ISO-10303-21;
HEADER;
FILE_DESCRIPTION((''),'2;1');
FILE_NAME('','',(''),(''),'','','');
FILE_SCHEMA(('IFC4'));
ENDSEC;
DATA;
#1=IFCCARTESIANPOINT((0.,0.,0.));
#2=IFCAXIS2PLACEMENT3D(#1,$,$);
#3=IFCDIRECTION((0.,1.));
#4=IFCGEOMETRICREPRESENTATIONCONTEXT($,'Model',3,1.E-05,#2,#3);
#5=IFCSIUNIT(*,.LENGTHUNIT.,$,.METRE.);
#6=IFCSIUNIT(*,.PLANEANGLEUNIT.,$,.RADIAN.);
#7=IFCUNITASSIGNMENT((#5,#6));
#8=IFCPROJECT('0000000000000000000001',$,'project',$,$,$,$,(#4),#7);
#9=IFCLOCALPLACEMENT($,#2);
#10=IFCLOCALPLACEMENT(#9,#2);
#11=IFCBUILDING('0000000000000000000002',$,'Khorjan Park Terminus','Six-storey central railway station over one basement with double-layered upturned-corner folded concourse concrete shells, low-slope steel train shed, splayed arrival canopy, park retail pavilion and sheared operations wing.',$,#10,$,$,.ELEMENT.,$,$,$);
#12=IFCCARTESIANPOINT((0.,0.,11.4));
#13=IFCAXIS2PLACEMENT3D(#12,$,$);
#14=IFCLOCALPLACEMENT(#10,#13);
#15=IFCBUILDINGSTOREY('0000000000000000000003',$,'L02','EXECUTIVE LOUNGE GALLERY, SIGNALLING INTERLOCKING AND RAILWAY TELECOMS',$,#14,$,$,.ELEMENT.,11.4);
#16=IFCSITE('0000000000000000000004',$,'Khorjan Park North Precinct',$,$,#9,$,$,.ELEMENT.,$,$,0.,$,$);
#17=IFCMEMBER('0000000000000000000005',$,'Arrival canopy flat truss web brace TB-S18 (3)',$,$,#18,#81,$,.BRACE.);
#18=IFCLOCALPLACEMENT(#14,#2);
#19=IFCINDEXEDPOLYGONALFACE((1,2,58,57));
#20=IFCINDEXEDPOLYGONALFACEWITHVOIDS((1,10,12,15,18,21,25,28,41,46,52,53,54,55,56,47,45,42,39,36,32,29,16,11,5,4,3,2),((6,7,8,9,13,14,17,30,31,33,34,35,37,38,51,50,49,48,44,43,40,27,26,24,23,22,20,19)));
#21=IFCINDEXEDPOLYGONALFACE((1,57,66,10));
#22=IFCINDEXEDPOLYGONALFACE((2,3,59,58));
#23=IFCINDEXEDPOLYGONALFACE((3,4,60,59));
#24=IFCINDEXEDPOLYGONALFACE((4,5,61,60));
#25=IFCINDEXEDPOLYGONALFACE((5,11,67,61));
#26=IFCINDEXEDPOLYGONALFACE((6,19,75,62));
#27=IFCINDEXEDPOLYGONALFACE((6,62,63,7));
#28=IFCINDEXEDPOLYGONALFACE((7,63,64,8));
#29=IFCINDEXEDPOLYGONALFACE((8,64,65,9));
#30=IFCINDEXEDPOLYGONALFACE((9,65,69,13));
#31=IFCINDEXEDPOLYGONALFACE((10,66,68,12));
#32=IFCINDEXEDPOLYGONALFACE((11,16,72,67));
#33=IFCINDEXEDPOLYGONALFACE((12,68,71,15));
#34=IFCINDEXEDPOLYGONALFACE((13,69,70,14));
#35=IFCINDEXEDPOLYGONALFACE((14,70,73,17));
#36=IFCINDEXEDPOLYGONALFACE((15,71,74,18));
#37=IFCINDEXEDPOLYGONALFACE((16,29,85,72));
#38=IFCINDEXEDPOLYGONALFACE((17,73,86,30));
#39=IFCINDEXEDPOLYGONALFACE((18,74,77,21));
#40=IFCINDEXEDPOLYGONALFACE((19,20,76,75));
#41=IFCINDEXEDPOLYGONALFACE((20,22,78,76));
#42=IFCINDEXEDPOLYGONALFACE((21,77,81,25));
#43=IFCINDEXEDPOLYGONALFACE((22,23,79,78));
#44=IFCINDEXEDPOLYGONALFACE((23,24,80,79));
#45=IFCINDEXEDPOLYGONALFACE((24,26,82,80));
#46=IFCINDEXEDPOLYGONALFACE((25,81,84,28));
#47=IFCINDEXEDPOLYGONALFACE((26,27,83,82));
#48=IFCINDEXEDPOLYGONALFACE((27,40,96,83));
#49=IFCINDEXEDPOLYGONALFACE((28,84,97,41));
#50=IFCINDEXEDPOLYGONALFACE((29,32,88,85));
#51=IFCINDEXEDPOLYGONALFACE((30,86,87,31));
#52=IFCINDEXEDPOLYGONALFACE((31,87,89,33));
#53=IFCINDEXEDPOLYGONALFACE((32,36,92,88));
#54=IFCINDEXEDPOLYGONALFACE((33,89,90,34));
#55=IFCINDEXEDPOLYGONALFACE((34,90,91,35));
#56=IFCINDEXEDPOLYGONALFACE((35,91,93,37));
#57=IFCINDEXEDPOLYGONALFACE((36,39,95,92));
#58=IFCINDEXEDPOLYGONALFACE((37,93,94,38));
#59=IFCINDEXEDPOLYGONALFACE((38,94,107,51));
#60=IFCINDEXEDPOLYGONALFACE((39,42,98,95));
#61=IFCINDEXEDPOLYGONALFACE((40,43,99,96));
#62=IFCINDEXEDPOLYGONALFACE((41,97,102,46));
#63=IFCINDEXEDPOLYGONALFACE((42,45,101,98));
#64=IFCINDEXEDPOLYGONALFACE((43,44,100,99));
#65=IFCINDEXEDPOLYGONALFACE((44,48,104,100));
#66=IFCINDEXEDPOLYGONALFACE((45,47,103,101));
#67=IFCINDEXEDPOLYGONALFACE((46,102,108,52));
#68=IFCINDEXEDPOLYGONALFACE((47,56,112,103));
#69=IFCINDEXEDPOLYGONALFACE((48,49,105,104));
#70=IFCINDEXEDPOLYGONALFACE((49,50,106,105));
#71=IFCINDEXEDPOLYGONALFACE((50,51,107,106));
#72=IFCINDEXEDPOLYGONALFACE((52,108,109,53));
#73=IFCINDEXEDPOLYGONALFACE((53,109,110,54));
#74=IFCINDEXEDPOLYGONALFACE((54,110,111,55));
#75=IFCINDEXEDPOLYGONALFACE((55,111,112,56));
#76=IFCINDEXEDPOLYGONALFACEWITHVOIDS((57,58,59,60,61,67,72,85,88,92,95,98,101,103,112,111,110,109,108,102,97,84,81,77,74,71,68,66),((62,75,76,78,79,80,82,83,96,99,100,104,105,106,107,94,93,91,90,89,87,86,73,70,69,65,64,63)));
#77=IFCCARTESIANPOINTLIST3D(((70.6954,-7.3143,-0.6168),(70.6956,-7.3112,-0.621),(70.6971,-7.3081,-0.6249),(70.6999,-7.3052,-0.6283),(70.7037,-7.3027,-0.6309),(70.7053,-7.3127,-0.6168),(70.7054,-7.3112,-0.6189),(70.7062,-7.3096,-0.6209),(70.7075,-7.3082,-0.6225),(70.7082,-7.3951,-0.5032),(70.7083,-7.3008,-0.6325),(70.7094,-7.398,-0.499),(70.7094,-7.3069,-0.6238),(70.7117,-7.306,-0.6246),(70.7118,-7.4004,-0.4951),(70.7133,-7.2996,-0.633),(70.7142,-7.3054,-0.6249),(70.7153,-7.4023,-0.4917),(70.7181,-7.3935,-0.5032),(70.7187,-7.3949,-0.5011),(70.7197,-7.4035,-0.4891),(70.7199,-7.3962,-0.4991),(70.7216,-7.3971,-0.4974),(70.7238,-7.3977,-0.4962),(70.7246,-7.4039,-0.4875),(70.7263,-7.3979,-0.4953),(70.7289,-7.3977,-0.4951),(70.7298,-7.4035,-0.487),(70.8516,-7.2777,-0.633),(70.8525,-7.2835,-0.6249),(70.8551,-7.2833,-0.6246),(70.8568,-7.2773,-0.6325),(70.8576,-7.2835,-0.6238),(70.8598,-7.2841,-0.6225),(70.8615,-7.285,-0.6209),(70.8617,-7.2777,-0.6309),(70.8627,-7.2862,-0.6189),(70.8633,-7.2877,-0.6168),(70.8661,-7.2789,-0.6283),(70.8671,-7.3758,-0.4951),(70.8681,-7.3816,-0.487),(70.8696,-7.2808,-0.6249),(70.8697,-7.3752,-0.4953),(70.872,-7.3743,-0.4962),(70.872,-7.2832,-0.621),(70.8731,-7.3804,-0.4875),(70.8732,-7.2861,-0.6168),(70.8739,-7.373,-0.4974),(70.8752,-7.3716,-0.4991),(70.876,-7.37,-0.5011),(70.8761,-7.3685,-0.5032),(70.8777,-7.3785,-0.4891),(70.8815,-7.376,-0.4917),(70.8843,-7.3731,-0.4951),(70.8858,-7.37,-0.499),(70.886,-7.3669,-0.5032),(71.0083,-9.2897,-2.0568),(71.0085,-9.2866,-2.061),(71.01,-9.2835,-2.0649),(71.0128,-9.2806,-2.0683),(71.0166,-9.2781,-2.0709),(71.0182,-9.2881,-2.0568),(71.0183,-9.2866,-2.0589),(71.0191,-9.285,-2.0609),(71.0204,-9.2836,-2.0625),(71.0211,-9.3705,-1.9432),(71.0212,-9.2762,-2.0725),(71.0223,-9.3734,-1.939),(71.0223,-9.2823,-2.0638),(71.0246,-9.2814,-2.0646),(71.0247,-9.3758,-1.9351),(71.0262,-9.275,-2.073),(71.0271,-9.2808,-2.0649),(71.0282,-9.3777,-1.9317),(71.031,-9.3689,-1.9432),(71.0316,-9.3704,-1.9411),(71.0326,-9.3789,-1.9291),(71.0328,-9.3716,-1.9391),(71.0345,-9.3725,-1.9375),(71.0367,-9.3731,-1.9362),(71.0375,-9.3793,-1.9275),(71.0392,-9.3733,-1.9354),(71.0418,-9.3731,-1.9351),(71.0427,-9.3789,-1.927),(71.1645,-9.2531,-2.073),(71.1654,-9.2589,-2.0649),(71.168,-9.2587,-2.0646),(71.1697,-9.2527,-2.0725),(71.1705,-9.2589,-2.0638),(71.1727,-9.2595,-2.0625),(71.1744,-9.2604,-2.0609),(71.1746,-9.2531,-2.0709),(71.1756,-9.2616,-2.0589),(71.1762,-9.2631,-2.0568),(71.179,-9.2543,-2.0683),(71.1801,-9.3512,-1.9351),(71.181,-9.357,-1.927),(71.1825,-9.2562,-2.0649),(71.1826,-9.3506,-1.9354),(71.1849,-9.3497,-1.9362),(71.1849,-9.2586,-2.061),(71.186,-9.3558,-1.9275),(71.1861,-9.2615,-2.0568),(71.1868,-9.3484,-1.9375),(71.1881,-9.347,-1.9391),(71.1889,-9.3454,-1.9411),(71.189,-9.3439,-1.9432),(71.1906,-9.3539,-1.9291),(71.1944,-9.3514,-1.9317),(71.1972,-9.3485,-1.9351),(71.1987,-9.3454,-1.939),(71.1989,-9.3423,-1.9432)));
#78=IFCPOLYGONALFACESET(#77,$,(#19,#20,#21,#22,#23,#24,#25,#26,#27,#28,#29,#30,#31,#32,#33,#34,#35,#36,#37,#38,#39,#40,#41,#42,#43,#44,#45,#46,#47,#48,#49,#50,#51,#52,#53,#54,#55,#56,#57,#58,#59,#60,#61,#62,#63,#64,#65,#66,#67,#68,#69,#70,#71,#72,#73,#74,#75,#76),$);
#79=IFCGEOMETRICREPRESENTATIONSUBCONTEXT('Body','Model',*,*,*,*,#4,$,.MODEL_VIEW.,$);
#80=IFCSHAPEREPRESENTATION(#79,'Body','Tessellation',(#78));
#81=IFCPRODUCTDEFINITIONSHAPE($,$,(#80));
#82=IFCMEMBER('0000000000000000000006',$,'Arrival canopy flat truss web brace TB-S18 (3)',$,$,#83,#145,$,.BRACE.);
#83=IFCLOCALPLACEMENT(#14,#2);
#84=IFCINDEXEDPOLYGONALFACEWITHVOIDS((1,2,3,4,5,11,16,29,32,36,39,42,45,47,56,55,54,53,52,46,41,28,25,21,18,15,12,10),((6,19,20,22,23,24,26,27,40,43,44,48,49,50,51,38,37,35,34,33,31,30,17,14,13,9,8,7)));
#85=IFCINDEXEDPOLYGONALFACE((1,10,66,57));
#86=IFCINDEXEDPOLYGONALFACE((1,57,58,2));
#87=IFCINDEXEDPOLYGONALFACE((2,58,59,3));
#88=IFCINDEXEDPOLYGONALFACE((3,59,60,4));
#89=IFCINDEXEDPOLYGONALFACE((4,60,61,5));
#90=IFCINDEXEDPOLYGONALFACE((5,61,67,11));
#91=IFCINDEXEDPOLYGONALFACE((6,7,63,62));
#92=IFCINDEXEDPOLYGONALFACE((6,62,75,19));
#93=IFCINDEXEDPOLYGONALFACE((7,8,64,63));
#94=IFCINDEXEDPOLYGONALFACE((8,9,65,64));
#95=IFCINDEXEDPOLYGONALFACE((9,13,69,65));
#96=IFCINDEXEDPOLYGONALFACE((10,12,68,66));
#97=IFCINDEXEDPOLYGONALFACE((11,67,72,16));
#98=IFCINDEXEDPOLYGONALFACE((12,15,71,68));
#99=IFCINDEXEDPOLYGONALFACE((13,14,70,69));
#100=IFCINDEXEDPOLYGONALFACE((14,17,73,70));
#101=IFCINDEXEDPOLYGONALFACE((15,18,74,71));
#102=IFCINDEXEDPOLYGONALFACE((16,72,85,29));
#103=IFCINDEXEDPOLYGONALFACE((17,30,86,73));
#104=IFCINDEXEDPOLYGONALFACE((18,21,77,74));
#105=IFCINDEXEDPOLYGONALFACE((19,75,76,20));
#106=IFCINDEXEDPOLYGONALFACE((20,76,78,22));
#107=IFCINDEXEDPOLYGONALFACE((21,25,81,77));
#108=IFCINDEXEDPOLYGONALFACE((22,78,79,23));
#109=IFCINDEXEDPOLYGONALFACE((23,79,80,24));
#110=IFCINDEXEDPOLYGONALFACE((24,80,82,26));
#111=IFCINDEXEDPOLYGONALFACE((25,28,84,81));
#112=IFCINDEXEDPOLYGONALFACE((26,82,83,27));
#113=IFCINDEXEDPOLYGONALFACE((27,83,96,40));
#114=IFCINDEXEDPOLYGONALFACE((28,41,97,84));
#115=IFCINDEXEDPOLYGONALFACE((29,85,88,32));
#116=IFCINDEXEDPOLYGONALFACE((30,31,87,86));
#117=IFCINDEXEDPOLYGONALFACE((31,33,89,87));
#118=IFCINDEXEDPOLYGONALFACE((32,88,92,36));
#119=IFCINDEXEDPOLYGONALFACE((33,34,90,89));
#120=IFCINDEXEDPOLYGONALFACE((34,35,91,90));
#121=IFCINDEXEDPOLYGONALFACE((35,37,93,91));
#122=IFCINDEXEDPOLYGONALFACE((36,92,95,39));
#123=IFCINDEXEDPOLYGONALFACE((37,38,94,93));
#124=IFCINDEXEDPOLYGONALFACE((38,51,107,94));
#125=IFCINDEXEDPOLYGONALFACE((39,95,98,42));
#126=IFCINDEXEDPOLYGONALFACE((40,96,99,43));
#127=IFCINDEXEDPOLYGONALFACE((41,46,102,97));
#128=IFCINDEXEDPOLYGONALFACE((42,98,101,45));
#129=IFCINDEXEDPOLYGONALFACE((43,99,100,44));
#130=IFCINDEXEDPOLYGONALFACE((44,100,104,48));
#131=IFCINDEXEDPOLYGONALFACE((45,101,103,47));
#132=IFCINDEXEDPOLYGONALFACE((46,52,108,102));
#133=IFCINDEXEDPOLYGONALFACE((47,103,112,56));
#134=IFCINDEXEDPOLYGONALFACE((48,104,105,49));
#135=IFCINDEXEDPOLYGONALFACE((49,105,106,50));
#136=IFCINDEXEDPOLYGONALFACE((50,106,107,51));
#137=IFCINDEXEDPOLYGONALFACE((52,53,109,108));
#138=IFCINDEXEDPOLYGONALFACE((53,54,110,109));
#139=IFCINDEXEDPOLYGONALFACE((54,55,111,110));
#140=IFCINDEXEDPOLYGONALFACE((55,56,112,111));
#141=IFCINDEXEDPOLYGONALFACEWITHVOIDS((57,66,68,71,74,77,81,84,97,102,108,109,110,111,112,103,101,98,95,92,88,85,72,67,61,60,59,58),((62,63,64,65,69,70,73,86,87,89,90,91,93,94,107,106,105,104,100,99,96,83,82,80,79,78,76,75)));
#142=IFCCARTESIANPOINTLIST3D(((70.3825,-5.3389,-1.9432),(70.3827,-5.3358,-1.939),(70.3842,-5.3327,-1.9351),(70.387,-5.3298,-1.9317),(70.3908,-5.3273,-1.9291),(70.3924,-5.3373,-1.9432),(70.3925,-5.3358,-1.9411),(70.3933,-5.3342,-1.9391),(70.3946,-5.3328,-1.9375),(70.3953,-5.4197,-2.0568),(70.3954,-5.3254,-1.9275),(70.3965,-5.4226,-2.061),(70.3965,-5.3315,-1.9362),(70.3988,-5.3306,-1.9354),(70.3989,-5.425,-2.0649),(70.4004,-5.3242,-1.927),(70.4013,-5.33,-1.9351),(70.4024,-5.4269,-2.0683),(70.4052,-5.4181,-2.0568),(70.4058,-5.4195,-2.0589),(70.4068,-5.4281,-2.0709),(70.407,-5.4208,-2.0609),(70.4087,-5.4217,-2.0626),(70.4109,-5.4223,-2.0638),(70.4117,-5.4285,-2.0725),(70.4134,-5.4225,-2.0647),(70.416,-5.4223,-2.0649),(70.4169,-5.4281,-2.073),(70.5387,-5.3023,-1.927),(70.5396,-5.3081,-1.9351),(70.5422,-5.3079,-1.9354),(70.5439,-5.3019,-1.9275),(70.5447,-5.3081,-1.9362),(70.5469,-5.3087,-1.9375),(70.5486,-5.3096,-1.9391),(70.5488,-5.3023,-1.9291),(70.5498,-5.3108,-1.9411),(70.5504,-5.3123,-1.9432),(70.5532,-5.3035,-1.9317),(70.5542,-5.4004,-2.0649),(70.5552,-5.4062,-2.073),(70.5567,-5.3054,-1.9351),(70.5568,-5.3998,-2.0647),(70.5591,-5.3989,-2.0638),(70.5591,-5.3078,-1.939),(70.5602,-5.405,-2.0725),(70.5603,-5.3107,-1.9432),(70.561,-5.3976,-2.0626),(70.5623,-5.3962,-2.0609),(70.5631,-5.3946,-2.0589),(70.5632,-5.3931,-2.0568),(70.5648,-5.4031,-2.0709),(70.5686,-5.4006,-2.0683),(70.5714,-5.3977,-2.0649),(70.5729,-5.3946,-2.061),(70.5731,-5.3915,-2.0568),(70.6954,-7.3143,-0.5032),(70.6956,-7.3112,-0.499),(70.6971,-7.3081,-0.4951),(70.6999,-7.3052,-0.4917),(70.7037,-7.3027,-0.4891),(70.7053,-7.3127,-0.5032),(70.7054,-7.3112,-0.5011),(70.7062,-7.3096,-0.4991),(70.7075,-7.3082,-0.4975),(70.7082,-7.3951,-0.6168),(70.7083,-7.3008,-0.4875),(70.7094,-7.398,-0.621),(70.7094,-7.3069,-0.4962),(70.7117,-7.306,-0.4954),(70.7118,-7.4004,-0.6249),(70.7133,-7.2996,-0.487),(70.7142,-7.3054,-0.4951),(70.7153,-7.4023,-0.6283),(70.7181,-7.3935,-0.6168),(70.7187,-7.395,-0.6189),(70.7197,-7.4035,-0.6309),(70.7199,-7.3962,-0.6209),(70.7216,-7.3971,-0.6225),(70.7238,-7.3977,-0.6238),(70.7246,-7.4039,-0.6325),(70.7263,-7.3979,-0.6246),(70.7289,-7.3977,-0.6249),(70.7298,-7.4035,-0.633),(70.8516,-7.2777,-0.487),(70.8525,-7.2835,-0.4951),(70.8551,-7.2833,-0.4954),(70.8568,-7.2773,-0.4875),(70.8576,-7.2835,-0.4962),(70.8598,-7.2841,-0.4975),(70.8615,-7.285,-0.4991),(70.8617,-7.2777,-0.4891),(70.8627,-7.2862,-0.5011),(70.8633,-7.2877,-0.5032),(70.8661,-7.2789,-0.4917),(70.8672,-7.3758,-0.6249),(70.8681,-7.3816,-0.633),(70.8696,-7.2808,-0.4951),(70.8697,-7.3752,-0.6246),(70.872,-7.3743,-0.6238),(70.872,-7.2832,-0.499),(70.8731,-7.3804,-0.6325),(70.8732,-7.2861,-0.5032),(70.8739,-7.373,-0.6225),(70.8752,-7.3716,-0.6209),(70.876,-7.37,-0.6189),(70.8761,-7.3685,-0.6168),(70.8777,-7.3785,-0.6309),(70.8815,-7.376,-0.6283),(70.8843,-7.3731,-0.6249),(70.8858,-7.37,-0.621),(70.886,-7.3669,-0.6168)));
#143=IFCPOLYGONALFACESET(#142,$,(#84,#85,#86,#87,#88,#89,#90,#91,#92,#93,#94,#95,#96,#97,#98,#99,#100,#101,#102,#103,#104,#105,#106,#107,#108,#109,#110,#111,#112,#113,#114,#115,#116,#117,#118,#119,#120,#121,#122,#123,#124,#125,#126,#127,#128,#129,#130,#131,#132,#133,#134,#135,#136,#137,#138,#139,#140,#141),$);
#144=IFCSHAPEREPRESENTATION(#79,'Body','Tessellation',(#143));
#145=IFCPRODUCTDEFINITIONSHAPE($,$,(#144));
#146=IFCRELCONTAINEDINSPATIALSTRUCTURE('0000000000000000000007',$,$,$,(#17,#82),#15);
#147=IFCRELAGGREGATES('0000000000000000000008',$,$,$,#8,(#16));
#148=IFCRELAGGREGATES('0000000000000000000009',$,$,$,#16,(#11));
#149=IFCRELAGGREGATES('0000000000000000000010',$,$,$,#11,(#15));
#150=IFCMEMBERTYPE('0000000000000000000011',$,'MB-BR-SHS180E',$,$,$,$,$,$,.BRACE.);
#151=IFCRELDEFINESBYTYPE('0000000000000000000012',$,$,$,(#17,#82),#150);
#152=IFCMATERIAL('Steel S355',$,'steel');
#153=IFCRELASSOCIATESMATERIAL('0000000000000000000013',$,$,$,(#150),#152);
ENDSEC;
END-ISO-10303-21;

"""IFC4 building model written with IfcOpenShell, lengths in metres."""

from ifc_helpers import new_model, si_unit, direction, frame, origin, origin_2d, place, context, subcontext, project, spatial, hollow_rectangle, extrude, material, material_profile, profile_set, type_object, element, save


model = new_model("IFC4")

# Units and contexts
model_context = context("Model", 3, precision=1e-05, world=origin(), true_north=direction((0.0, 1.0)))
body_context = subcontext(model_context, "Body", "Model", "MODEL_VIEW")
ifc_project = project(units=[si_unit("LENGTHUNIT", "METRE"), si_unit("PLANEANGLEUNIT", "RADIAN")], contexts=[model_context])

# Site, building, storey
site_placement = place(None, origin())
site = spatial("IfcSite", under=ifc_project, at=site_placement, Name="Khorjan Park North Precinct", CompositionType="ELEMENT", RefElevation=0.0)
building_placement = place(site_placement, origin())
building = spatial("IfcBuilding", under=site, at=building_placement, Name="Khorjan Park Terminus", Description="Six-storey central railway station over one basement with double-layered upturned-corner folded concourse concrete shells, low-slope steel train shed, splayed arrival canopy, park retail pavilion and sheared operations wing.", CompositionType="ELEMENT")
storey_placement = place(building_placement, frame((0.0, 0.0, 11.4)))
storey = spatial("IfcBuildingStorey", under=building, at=storey_placement, Name="L02", Description="EXECUTIVE LOUNGE GALLERY, SIGNALLING INTERLOCKING AND RAILWAY TELECOMS", CompositionType="ELEMENT", Elevation=11.4)

# Members
ifc_material = material(Name="Steel S355", Category="steel")
ifc_material_profile_1 = material_profile(ifc_material, hollow_rectangle(XDim=0.18, YDim=0.18, WallThickness=0.01, InnerFilletRadius=0.01, OuterFilletRadius=0.02, at=origin_2d()), Name="SHS 180x180x10")
ifc_profile_set_1 = profile_set([ifc_material_profile_1], Name="Steel S355")
member_type_1 = type_object("IfcMemberType", Name="MB-BR-SHS180E", PredefinedType="BRACE", material=ifc_profile_set_1)
for number, where, z_axis, x_axis, name in (
    (1, (71.1036, -9.316, -2.0), (-0.126963, 0.801545, 0.584299), (-0.987686, -0.156448, 0.0), "Arrival canopy flat truss web brace TB-S18 (3)"),
    (2, (70.7907, -7.3406, -0.56), (-0.126963, 0.801545, -0.584299), (-0.987686, -0.156448, 0.0), "Arrival canopy flat truss web brace TB-S18 (3)"),
):
    element("IfcMember", number, at=place(storey_placement, frame(where, z_axis=z_axis, x_axis=x_axis)), inside=storey, type_object=member_type_1, Name=name, PredefinedType="BRACE", context=body_context, shape_type="SweptSolid", body=[
        extrude(hollow_rectangle(XDim=0.18, YDim=0.18, WallThickness=0.01, InnerFilletRadius=0.01, OuterFilletRadius=0.02, at=origin_2d()), origin(), (0.0, 0.0, 1.0), 2.4645),
    ])

save(model, "model.ifc")
